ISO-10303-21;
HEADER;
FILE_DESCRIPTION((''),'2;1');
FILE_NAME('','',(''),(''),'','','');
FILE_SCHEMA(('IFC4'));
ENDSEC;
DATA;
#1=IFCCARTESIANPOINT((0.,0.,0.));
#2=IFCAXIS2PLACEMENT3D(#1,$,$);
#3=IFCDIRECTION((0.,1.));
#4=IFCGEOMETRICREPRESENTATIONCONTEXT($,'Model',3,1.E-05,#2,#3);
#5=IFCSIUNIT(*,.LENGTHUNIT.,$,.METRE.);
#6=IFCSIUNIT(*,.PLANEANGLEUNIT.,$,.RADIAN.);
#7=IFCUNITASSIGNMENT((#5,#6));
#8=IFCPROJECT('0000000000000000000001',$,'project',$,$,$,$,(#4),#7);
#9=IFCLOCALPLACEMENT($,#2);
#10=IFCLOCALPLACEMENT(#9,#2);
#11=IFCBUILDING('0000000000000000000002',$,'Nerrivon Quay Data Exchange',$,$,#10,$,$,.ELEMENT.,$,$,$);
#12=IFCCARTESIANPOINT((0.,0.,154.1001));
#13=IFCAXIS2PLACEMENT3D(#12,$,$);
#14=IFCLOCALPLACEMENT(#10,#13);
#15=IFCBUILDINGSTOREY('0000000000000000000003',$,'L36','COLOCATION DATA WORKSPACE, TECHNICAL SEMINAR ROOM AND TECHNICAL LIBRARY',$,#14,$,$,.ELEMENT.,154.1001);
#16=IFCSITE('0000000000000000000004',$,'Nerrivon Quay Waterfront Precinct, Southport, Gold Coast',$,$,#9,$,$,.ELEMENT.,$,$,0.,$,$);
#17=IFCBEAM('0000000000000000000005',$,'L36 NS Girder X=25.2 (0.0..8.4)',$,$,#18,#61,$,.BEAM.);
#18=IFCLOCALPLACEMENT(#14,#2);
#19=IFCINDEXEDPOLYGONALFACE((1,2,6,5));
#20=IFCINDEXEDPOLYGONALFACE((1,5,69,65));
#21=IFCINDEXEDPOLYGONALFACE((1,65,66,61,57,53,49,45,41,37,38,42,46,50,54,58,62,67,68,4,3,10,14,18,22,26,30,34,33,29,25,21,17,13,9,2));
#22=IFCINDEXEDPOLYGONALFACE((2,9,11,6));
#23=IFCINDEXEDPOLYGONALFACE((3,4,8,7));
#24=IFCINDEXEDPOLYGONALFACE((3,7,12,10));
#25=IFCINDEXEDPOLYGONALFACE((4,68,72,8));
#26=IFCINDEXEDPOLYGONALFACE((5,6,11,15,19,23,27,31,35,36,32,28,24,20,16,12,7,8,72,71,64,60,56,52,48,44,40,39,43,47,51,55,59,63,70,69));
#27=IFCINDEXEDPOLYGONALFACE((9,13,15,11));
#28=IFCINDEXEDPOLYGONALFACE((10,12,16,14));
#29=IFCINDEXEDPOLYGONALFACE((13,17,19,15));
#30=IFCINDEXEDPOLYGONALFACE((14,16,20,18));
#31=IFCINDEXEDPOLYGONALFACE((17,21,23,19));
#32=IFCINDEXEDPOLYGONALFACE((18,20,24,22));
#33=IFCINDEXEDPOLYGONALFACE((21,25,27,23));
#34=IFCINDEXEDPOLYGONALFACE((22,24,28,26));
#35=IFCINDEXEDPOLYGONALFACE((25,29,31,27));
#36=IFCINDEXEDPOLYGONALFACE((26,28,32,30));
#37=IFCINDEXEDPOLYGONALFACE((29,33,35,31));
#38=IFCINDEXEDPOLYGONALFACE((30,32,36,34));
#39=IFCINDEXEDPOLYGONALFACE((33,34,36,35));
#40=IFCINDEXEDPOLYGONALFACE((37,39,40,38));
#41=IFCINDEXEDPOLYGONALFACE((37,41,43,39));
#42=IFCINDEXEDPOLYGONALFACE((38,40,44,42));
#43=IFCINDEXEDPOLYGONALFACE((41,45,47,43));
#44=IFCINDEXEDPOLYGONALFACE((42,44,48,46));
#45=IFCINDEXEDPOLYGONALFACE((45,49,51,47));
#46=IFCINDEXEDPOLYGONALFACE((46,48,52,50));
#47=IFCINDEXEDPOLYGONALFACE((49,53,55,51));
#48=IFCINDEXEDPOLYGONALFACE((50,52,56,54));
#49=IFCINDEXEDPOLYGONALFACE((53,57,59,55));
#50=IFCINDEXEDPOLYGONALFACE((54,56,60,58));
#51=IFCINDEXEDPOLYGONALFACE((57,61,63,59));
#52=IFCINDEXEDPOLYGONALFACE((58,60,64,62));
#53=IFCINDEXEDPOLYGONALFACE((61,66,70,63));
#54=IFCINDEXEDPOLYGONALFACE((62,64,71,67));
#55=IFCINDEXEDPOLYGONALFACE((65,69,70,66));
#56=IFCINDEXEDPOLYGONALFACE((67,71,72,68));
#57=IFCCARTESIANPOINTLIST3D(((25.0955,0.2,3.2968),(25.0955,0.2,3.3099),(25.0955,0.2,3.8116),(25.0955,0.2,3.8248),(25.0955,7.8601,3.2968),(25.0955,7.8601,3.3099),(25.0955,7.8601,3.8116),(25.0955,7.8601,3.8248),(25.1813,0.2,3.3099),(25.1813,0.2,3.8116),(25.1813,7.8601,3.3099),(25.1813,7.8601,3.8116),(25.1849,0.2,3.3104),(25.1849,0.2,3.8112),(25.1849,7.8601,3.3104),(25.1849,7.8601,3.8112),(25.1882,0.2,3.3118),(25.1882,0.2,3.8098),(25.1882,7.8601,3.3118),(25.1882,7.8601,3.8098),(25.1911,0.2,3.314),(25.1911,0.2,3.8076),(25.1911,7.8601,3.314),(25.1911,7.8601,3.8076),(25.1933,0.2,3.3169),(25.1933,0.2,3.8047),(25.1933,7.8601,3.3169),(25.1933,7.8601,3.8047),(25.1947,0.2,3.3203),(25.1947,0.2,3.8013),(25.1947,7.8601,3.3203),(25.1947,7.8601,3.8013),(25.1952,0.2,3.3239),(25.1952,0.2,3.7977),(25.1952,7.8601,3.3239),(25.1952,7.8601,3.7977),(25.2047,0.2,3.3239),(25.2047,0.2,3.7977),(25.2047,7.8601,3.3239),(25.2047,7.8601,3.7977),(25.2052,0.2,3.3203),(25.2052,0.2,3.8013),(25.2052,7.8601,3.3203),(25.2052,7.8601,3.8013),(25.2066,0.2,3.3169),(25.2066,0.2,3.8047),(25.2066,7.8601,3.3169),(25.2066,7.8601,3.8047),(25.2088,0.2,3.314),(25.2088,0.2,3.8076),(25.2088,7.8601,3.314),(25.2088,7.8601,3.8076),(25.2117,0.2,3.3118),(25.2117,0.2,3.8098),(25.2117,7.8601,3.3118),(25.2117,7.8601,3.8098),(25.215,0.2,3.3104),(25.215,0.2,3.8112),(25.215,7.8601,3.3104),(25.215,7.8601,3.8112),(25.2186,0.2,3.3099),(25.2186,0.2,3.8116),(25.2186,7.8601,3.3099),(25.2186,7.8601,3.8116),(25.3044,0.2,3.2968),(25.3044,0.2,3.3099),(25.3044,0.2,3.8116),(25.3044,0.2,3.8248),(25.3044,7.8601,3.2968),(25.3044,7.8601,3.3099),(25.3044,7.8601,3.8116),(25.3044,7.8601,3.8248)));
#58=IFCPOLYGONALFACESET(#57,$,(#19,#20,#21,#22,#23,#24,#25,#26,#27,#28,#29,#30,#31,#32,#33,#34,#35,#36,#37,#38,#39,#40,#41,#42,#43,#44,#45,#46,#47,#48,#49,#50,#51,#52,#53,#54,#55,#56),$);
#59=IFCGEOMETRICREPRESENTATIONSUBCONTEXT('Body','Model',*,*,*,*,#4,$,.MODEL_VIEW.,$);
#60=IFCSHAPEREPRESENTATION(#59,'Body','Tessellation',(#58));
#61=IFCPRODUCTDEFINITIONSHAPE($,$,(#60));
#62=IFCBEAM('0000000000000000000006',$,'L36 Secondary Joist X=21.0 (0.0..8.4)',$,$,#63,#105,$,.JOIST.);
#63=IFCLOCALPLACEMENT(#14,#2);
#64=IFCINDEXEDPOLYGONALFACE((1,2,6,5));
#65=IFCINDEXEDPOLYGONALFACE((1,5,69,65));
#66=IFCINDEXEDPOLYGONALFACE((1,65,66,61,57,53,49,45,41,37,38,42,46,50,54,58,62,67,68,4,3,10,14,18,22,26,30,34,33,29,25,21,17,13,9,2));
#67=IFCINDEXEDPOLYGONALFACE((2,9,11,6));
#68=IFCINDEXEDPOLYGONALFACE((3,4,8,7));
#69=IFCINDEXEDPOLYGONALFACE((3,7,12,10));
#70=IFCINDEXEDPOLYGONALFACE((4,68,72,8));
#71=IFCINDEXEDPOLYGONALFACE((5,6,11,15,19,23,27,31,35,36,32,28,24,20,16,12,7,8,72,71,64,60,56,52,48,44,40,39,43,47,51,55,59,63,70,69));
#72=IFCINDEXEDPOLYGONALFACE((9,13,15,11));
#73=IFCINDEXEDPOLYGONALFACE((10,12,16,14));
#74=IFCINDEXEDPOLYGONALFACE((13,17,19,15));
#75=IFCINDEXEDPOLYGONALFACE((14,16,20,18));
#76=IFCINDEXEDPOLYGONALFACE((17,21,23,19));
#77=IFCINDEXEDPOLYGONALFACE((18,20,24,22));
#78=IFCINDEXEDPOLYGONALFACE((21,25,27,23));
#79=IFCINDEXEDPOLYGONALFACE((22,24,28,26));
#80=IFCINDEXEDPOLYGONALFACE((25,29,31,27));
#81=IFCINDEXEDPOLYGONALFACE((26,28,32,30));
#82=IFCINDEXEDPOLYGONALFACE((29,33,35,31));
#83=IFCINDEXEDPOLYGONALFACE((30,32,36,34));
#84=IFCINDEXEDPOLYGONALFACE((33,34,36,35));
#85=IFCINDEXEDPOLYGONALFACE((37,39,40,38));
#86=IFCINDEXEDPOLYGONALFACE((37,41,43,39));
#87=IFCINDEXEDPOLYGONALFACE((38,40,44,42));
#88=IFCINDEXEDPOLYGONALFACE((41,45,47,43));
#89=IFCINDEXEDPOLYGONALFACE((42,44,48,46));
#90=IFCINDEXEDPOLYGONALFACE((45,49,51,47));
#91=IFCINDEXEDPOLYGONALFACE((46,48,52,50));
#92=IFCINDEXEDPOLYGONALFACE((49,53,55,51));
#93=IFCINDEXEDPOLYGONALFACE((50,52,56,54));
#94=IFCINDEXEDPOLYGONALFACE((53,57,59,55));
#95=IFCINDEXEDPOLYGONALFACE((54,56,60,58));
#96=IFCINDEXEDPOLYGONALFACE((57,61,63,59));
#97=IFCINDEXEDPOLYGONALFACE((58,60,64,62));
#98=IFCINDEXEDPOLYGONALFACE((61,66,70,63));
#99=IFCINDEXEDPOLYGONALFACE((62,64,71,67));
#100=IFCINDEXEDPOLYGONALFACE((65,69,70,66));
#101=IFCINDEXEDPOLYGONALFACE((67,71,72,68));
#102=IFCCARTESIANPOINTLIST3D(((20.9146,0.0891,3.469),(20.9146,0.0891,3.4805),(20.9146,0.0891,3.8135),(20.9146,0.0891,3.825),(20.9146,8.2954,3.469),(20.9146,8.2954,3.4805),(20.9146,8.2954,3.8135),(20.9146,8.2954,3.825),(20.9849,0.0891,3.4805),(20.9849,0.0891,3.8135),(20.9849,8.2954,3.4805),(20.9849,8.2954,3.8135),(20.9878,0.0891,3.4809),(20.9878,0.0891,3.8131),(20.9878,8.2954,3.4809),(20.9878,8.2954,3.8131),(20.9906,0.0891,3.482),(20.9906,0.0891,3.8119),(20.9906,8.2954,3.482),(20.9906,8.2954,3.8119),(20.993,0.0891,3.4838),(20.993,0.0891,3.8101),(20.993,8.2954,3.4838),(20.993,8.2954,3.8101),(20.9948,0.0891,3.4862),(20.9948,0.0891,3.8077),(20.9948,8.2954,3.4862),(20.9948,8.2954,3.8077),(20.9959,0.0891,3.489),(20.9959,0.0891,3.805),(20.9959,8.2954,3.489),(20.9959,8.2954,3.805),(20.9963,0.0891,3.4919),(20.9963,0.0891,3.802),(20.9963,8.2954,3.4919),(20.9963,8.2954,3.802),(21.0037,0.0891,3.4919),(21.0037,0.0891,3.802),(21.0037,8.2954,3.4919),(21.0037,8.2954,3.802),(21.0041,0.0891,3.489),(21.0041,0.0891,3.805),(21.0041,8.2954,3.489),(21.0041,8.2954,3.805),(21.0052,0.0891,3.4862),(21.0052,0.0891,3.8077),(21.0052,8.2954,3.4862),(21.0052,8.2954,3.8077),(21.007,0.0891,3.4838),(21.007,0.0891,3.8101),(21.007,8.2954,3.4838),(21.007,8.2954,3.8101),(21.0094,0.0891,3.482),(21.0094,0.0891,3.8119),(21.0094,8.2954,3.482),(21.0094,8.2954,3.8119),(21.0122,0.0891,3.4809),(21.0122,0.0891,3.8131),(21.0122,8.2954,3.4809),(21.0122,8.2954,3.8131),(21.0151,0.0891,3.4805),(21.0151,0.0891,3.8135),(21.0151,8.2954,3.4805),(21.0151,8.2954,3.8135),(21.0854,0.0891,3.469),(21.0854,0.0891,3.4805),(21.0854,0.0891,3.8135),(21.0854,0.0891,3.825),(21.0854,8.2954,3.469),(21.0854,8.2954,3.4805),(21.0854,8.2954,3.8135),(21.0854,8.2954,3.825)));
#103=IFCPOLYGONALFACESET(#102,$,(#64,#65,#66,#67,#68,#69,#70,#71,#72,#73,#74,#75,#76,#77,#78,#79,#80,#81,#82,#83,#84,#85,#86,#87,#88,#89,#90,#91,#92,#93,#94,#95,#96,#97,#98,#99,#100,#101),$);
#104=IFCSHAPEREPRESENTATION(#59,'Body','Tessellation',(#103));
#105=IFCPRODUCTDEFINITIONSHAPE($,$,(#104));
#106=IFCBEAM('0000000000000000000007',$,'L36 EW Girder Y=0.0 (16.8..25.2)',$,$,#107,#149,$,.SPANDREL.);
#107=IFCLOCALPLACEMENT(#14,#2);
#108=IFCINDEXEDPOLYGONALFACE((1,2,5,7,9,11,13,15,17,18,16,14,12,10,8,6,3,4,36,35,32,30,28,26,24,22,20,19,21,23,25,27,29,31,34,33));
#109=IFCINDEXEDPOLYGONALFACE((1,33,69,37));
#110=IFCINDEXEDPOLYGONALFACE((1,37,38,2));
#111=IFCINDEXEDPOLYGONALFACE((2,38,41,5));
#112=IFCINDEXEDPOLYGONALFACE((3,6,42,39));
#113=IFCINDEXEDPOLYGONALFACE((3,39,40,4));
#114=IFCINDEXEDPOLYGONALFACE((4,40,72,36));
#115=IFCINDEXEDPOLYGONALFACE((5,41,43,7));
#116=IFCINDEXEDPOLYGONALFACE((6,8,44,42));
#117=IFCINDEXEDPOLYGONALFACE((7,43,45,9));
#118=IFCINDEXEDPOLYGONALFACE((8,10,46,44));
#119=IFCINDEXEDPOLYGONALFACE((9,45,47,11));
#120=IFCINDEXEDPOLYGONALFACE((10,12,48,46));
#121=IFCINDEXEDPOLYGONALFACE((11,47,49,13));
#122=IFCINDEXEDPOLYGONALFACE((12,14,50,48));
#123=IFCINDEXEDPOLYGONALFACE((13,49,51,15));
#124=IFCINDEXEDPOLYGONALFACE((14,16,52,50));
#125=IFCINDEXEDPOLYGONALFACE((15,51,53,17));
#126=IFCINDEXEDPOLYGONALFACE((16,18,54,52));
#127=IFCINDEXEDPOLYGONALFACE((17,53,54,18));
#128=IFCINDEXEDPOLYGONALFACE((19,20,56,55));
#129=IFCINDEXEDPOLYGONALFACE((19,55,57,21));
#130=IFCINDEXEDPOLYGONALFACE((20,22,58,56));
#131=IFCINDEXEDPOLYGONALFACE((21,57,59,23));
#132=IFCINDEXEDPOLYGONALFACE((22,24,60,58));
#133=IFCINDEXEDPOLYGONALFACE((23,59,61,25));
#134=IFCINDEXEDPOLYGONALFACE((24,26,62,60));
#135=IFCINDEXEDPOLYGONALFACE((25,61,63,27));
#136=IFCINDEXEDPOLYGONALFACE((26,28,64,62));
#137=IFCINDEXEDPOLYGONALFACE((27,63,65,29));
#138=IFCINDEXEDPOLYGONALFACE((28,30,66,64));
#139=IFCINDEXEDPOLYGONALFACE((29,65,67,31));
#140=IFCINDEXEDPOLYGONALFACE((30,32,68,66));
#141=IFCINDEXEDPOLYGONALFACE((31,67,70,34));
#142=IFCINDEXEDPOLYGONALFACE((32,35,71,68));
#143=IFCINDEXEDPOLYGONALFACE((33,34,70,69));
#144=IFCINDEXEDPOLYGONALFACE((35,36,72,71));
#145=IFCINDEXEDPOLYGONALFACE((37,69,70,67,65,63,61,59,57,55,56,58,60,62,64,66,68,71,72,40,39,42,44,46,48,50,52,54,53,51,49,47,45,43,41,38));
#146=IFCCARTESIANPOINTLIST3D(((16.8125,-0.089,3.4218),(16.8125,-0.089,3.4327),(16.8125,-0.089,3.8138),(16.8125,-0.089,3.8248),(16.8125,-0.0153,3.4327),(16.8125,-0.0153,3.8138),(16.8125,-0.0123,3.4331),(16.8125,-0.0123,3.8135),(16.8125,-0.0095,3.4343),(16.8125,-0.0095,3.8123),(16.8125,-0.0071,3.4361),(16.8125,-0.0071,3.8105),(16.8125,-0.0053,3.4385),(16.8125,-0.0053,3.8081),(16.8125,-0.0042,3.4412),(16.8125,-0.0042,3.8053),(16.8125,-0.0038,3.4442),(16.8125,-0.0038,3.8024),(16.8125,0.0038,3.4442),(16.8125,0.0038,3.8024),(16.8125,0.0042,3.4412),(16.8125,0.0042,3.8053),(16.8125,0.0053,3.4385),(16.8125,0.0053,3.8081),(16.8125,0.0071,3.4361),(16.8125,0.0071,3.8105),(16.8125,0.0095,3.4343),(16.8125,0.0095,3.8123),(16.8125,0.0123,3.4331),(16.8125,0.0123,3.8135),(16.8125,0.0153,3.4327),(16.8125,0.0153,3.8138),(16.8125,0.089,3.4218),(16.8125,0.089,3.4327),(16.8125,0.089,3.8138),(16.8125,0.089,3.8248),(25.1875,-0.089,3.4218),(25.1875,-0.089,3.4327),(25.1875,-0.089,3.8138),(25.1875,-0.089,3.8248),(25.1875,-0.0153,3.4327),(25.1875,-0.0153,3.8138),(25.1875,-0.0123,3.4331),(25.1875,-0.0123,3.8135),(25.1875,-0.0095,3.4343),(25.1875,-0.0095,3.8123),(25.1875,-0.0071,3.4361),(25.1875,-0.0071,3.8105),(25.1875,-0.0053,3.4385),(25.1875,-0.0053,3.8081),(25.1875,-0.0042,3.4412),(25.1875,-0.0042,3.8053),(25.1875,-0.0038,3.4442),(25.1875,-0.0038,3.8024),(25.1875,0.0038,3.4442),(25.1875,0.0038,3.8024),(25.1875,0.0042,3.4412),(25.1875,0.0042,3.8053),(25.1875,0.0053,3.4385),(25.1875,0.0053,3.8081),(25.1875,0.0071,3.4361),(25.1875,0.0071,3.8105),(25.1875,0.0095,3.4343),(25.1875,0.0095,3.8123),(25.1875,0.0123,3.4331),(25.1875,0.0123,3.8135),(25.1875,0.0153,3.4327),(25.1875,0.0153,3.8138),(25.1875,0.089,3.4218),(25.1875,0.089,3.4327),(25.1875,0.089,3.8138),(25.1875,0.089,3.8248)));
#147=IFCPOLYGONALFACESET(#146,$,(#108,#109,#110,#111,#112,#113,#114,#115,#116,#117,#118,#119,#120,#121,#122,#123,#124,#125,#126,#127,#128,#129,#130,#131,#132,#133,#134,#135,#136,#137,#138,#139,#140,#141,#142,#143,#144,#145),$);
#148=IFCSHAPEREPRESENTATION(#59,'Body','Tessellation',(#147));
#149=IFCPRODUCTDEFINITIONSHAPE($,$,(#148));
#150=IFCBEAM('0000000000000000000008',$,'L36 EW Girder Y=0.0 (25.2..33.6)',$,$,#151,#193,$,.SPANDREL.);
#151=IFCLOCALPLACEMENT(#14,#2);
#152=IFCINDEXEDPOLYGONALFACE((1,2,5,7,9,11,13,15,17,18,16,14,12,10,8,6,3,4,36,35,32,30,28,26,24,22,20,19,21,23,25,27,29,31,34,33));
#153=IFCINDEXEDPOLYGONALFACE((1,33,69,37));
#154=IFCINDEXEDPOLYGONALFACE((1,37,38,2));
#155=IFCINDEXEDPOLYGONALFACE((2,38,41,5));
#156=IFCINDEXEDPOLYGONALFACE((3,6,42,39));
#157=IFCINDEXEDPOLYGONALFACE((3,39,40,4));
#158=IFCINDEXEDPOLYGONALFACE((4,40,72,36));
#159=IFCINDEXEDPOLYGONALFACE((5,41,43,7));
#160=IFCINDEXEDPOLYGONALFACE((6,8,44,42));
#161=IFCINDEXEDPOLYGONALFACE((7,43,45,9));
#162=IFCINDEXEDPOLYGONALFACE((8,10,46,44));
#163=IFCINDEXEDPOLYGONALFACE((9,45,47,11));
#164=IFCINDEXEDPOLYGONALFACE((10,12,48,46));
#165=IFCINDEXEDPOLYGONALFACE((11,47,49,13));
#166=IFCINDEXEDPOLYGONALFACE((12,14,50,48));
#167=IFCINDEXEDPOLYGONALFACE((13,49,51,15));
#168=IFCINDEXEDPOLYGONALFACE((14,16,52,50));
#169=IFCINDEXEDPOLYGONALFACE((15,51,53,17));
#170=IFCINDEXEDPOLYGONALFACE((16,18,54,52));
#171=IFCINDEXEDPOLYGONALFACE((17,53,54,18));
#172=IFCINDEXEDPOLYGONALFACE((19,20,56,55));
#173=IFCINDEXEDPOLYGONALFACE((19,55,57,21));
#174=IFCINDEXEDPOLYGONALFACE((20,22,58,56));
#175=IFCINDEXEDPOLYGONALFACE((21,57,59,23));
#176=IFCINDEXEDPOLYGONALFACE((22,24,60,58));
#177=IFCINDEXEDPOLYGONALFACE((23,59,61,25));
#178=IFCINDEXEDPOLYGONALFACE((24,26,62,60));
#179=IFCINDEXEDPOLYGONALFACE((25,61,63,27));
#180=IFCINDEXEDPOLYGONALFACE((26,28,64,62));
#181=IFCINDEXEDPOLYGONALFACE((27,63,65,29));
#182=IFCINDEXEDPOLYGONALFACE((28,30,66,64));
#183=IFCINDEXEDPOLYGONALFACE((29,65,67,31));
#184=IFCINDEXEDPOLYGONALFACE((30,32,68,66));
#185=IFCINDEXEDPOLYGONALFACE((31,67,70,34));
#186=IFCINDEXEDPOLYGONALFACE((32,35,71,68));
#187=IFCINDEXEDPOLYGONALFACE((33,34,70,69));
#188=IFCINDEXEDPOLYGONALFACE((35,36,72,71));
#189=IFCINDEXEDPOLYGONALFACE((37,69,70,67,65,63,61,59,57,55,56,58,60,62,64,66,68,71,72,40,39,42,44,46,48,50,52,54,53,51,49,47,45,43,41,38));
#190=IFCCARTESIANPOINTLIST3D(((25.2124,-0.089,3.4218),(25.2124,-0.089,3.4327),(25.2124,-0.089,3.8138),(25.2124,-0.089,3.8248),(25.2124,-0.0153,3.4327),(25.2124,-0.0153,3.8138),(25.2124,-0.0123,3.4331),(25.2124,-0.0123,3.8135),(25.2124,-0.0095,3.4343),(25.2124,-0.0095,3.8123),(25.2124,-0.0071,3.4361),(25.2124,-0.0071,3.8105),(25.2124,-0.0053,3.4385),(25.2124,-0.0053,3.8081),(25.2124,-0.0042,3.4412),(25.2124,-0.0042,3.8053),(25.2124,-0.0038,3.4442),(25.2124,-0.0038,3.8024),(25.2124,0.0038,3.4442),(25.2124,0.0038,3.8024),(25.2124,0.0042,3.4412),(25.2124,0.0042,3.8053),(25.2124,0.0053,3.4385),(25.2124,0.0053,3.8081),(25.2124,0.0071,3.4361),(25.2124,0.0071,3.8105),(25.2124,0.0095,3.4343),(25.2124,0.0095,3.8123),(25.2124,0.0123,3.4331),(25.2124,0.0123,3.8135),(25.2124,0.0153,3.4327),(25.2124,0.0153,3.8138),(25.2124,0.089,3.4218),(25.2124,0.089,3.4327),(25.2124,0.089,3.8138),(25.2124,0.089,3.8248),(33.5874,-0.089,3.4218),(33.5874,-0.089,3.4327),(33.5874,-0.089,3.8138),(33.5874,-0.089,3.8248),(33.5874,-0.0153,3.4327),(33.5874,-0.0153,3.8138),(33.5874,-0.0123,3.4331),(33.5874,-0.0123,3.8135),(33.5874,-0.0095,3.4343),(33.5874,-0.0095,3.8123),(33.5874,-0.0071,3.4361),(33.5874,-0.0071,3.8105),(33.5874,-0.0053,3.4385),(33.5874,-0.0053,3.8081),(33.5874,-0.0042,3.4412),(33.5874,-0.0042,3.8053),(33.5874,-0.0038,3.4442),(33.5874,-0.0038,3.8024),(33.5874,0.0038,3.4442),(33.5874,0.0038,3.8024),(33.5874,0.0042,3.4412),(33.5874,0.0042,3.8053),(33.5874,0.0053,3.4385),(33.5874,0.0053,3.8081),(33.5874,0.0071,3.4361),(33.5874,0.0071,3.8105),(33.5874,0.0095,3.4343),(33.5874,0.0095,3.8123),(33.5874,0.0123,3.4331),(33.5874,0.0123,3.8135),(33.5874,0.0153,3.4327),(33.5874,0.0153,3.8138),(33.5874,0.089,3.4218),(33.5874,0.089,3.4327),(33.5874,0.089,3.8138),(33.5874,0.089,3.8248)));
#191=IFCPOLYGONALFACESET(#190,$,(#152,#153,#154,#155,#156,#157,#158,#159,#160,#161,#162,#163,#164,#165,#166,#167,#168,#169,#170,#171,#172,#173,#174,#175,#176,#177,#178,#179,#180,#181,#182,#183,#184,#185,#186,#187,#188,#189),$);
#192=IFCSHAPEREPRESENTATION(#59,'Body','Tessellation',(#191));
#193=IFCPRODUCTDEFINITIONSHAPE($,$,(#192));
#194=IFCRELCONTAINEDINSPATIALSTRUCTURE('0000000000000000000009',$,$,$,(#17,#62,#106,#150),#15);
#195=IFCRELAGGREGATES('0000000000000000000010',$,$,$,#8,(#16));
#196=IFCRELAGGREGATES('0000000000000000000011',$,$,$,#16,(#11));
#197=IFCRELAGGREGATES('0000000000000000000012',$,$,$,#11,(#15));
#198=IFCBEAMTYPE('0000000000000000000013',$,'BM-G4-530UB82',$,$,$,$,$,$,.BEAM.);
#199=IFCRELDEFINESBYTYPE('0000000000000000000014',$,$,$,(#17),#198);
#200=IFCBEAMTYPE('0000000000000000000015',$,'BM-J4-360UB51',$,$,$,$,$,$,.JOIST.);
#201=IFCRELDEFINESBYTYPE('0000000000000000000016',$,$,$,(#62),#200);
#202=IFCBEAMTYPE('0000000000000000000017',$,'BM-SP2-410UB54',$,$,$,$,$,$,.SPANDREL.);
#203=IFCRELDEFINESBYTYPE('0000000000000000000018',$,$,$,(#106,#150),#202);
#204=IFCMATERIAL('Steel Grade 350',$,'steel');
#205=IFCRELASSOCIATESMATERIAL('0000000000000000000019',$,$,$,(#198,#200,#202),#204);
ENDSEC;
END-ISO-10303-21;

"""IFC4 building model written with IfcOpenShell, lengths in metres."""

from ifc_helpers import new_model, si_unit, direction, frame, origin, origin_2d, place, context, subcontext, project, spatial, i_section, extrude, material, material_profile, profile_set, type_object, element, save


model = new_model("IFC4")

# Units and contexts
model_context = context("Model", 3, precision=1e-05, world=origin(), true_north=direction((0.0, 1.0)))
body_context = subcontext(model_context, "Body", "Model", "MODEL_VIEW")
ifc_project = project(units=[si_unit("LENGTHUNIT", "METRE"), si_unit("PLANEANGLEUNIT", "RADIAN")], contexts=[model_context])

# Site, building, storey
site_placement = place(None, origin())
site = spatial("IfcSite", under=ifc_project, at=site_placement, Name="Nerrivon Quay Waterfront Precinct, Southport, Gold Coast", CompositionType="ELEMENT", RefElevation=0.0)
building_placement = place(site_placement, origin())
building = spatial("IfcBuilding", under=site, at=building_placement, Name="Nerrivon Quay Data Exchange", CompositionType="ELEMENT")
storey_placement = place(building_placement, frame((0.0, 0.0, 154.1001)))
storey = spatial("IfcBuildingStorey", under=building, at=storey_placement, Name="L36", Description="COLOCATION DATA WORKSPACE, TECHNICAL SEMINAR ROOM AND TECHNICAL LIBRARY", CompositionType="ELEMENT", Elevation=154.1001)

# Shared definitions
ifc_material_1 = material(Name="Steel Grade 350", Category="steel")

# Beams
ifc_material_profile_1 = material_profile(ifc_material_1, i_section(OverallWidth=0.209, OverallDepth=0.5281, WebThickness=0.0095, FlangeThickness=0.0132, FilletRadius=0.0139, at=origin_2d()), Name="530UB82.0")
ifc_profile_set_1 = profile_set([ifc_material_profile_1], Name="Steel Grade 350")
beam_type_1 = type_object("IfcBeamType", Name="BM-G4-530UB82", PredefinedType="BEAM", material=ifc_profile_set_1)
beam_1_placement = place(storey_placement, frame((25.2, 0.2, 3.5608), z_axis=(0.0, 1.0, 0.0), x_axis=(-1.0, 0.0, 0.0)))
element("IfcBeam", 1, at=beam_1_placement, inside=storey, type_object=beam_type_1, Name="L36 NS Girder X=25.2 (0.0..8.4)", PredefinedType="BEAM", context=body_context, shape_type="SweptSolid", body=[
    extrude(i_section(OverallWidth=0.209, OverallDepth=0.5281, WebThickness=0.0095, FlangeThickness=0.0132, FilletRadius=0.0139, at=origin_2d()), origin(), (0.0, 0.0, 1.0), 7.6602),
])
ifc_material_profile_2 = material_profile(ifc_material_1, i_section(OverallWidth=0.1709, OverallDepth=0.356, WebThickness=0.0073, FlangeThickness=0.0115, FilletRadius=0.0115, at=origin_2d()), Name="360UB50.7")
ifc_profile_set_2 = profile_set([ifc_material_profile_2], Name="Steel Grade 350")
beam_type_2 = type_object("IfcBeamType", Name="BM-J4-360UB51", PredefinedType="JOIST", material=ifc_profile_set_2)
beam_2_placement = place(storey_placement, frame((21.0, 0.0891, 3.647), z_axis=(0.0, 1.0, 0.0), x_axis=(-1.0, 0.0, 0.0)))
element("IfcBeam", 2, at=beam_2_placement, inside=storey, type_object=beam_type_2, Name="L36 Secondary Joist X=21.0 (0.0..8.4)", PredefinedType="JOIST", context=body_context, shape_type="SweptSolid", body=[
    extrude(i_section(OverallWidth=0.1709, OverallDepth=0.356, WebThickness=0.0073, FlangeThickness=0.0115, FilletRadius=0.0115, at=origin_2d()), origin(), (0.0, 0.0, 1.0), 8.2063),
])
ifc_material_profile_3 = material_profile(ifc_material_1, i_section(OverallWidth=0.178, OverallDepth=0.4031, WebThickness=0.0076, FlangeThickness=0.011, FilletRadius=0.0115, at=origin_2d()), Name="410UB53.7")
ifc_profile_set_3 = profile_set([ifc_material_profile_3], Name="Steel Grade 350")
beam_type_3 = type_object("IfcBeamType", Name="BM-SP2-410UB54", PredefinedType="SPANDREL", material=ifc_profile_set_3)
for number, where, z_axis, x_axis, name in (
    (3, (16.8125, 0.0, 3.6233), (1.0, 0.0, 0.0), (0.0, 1.0, 0.0), "L36 EW Girder Y=0.0 (16.8..25.2)"),
    (4, (25.2124, 0.0, 3.6233), (1.0, 0.0, 0.0), (0.0, 1.0, 0.0), "L36 EW Girder Y=0.0 (25.2..33.6)"),
):
    element("IfcBeam", number, at=place(storey_placement, frame(where, z_axis=z_axis, x_axis=x_axis)), inside=storey, type_object=beam_type_3, Name=name, PredefinedType="SPANDREL", context=body_context, shape_type="SweptSolid", body=[
        extrude(i_section(OverallWidth=0.178, OverallDepth=0.4031, WebThickness=0.0076, FlangeThickness=0.011, FilletRadius=0.0115, at=origin_2d()), origin(), (0.0, 0.0, 1.0), 8.375),
    ])

save(model, "model.ifc")
